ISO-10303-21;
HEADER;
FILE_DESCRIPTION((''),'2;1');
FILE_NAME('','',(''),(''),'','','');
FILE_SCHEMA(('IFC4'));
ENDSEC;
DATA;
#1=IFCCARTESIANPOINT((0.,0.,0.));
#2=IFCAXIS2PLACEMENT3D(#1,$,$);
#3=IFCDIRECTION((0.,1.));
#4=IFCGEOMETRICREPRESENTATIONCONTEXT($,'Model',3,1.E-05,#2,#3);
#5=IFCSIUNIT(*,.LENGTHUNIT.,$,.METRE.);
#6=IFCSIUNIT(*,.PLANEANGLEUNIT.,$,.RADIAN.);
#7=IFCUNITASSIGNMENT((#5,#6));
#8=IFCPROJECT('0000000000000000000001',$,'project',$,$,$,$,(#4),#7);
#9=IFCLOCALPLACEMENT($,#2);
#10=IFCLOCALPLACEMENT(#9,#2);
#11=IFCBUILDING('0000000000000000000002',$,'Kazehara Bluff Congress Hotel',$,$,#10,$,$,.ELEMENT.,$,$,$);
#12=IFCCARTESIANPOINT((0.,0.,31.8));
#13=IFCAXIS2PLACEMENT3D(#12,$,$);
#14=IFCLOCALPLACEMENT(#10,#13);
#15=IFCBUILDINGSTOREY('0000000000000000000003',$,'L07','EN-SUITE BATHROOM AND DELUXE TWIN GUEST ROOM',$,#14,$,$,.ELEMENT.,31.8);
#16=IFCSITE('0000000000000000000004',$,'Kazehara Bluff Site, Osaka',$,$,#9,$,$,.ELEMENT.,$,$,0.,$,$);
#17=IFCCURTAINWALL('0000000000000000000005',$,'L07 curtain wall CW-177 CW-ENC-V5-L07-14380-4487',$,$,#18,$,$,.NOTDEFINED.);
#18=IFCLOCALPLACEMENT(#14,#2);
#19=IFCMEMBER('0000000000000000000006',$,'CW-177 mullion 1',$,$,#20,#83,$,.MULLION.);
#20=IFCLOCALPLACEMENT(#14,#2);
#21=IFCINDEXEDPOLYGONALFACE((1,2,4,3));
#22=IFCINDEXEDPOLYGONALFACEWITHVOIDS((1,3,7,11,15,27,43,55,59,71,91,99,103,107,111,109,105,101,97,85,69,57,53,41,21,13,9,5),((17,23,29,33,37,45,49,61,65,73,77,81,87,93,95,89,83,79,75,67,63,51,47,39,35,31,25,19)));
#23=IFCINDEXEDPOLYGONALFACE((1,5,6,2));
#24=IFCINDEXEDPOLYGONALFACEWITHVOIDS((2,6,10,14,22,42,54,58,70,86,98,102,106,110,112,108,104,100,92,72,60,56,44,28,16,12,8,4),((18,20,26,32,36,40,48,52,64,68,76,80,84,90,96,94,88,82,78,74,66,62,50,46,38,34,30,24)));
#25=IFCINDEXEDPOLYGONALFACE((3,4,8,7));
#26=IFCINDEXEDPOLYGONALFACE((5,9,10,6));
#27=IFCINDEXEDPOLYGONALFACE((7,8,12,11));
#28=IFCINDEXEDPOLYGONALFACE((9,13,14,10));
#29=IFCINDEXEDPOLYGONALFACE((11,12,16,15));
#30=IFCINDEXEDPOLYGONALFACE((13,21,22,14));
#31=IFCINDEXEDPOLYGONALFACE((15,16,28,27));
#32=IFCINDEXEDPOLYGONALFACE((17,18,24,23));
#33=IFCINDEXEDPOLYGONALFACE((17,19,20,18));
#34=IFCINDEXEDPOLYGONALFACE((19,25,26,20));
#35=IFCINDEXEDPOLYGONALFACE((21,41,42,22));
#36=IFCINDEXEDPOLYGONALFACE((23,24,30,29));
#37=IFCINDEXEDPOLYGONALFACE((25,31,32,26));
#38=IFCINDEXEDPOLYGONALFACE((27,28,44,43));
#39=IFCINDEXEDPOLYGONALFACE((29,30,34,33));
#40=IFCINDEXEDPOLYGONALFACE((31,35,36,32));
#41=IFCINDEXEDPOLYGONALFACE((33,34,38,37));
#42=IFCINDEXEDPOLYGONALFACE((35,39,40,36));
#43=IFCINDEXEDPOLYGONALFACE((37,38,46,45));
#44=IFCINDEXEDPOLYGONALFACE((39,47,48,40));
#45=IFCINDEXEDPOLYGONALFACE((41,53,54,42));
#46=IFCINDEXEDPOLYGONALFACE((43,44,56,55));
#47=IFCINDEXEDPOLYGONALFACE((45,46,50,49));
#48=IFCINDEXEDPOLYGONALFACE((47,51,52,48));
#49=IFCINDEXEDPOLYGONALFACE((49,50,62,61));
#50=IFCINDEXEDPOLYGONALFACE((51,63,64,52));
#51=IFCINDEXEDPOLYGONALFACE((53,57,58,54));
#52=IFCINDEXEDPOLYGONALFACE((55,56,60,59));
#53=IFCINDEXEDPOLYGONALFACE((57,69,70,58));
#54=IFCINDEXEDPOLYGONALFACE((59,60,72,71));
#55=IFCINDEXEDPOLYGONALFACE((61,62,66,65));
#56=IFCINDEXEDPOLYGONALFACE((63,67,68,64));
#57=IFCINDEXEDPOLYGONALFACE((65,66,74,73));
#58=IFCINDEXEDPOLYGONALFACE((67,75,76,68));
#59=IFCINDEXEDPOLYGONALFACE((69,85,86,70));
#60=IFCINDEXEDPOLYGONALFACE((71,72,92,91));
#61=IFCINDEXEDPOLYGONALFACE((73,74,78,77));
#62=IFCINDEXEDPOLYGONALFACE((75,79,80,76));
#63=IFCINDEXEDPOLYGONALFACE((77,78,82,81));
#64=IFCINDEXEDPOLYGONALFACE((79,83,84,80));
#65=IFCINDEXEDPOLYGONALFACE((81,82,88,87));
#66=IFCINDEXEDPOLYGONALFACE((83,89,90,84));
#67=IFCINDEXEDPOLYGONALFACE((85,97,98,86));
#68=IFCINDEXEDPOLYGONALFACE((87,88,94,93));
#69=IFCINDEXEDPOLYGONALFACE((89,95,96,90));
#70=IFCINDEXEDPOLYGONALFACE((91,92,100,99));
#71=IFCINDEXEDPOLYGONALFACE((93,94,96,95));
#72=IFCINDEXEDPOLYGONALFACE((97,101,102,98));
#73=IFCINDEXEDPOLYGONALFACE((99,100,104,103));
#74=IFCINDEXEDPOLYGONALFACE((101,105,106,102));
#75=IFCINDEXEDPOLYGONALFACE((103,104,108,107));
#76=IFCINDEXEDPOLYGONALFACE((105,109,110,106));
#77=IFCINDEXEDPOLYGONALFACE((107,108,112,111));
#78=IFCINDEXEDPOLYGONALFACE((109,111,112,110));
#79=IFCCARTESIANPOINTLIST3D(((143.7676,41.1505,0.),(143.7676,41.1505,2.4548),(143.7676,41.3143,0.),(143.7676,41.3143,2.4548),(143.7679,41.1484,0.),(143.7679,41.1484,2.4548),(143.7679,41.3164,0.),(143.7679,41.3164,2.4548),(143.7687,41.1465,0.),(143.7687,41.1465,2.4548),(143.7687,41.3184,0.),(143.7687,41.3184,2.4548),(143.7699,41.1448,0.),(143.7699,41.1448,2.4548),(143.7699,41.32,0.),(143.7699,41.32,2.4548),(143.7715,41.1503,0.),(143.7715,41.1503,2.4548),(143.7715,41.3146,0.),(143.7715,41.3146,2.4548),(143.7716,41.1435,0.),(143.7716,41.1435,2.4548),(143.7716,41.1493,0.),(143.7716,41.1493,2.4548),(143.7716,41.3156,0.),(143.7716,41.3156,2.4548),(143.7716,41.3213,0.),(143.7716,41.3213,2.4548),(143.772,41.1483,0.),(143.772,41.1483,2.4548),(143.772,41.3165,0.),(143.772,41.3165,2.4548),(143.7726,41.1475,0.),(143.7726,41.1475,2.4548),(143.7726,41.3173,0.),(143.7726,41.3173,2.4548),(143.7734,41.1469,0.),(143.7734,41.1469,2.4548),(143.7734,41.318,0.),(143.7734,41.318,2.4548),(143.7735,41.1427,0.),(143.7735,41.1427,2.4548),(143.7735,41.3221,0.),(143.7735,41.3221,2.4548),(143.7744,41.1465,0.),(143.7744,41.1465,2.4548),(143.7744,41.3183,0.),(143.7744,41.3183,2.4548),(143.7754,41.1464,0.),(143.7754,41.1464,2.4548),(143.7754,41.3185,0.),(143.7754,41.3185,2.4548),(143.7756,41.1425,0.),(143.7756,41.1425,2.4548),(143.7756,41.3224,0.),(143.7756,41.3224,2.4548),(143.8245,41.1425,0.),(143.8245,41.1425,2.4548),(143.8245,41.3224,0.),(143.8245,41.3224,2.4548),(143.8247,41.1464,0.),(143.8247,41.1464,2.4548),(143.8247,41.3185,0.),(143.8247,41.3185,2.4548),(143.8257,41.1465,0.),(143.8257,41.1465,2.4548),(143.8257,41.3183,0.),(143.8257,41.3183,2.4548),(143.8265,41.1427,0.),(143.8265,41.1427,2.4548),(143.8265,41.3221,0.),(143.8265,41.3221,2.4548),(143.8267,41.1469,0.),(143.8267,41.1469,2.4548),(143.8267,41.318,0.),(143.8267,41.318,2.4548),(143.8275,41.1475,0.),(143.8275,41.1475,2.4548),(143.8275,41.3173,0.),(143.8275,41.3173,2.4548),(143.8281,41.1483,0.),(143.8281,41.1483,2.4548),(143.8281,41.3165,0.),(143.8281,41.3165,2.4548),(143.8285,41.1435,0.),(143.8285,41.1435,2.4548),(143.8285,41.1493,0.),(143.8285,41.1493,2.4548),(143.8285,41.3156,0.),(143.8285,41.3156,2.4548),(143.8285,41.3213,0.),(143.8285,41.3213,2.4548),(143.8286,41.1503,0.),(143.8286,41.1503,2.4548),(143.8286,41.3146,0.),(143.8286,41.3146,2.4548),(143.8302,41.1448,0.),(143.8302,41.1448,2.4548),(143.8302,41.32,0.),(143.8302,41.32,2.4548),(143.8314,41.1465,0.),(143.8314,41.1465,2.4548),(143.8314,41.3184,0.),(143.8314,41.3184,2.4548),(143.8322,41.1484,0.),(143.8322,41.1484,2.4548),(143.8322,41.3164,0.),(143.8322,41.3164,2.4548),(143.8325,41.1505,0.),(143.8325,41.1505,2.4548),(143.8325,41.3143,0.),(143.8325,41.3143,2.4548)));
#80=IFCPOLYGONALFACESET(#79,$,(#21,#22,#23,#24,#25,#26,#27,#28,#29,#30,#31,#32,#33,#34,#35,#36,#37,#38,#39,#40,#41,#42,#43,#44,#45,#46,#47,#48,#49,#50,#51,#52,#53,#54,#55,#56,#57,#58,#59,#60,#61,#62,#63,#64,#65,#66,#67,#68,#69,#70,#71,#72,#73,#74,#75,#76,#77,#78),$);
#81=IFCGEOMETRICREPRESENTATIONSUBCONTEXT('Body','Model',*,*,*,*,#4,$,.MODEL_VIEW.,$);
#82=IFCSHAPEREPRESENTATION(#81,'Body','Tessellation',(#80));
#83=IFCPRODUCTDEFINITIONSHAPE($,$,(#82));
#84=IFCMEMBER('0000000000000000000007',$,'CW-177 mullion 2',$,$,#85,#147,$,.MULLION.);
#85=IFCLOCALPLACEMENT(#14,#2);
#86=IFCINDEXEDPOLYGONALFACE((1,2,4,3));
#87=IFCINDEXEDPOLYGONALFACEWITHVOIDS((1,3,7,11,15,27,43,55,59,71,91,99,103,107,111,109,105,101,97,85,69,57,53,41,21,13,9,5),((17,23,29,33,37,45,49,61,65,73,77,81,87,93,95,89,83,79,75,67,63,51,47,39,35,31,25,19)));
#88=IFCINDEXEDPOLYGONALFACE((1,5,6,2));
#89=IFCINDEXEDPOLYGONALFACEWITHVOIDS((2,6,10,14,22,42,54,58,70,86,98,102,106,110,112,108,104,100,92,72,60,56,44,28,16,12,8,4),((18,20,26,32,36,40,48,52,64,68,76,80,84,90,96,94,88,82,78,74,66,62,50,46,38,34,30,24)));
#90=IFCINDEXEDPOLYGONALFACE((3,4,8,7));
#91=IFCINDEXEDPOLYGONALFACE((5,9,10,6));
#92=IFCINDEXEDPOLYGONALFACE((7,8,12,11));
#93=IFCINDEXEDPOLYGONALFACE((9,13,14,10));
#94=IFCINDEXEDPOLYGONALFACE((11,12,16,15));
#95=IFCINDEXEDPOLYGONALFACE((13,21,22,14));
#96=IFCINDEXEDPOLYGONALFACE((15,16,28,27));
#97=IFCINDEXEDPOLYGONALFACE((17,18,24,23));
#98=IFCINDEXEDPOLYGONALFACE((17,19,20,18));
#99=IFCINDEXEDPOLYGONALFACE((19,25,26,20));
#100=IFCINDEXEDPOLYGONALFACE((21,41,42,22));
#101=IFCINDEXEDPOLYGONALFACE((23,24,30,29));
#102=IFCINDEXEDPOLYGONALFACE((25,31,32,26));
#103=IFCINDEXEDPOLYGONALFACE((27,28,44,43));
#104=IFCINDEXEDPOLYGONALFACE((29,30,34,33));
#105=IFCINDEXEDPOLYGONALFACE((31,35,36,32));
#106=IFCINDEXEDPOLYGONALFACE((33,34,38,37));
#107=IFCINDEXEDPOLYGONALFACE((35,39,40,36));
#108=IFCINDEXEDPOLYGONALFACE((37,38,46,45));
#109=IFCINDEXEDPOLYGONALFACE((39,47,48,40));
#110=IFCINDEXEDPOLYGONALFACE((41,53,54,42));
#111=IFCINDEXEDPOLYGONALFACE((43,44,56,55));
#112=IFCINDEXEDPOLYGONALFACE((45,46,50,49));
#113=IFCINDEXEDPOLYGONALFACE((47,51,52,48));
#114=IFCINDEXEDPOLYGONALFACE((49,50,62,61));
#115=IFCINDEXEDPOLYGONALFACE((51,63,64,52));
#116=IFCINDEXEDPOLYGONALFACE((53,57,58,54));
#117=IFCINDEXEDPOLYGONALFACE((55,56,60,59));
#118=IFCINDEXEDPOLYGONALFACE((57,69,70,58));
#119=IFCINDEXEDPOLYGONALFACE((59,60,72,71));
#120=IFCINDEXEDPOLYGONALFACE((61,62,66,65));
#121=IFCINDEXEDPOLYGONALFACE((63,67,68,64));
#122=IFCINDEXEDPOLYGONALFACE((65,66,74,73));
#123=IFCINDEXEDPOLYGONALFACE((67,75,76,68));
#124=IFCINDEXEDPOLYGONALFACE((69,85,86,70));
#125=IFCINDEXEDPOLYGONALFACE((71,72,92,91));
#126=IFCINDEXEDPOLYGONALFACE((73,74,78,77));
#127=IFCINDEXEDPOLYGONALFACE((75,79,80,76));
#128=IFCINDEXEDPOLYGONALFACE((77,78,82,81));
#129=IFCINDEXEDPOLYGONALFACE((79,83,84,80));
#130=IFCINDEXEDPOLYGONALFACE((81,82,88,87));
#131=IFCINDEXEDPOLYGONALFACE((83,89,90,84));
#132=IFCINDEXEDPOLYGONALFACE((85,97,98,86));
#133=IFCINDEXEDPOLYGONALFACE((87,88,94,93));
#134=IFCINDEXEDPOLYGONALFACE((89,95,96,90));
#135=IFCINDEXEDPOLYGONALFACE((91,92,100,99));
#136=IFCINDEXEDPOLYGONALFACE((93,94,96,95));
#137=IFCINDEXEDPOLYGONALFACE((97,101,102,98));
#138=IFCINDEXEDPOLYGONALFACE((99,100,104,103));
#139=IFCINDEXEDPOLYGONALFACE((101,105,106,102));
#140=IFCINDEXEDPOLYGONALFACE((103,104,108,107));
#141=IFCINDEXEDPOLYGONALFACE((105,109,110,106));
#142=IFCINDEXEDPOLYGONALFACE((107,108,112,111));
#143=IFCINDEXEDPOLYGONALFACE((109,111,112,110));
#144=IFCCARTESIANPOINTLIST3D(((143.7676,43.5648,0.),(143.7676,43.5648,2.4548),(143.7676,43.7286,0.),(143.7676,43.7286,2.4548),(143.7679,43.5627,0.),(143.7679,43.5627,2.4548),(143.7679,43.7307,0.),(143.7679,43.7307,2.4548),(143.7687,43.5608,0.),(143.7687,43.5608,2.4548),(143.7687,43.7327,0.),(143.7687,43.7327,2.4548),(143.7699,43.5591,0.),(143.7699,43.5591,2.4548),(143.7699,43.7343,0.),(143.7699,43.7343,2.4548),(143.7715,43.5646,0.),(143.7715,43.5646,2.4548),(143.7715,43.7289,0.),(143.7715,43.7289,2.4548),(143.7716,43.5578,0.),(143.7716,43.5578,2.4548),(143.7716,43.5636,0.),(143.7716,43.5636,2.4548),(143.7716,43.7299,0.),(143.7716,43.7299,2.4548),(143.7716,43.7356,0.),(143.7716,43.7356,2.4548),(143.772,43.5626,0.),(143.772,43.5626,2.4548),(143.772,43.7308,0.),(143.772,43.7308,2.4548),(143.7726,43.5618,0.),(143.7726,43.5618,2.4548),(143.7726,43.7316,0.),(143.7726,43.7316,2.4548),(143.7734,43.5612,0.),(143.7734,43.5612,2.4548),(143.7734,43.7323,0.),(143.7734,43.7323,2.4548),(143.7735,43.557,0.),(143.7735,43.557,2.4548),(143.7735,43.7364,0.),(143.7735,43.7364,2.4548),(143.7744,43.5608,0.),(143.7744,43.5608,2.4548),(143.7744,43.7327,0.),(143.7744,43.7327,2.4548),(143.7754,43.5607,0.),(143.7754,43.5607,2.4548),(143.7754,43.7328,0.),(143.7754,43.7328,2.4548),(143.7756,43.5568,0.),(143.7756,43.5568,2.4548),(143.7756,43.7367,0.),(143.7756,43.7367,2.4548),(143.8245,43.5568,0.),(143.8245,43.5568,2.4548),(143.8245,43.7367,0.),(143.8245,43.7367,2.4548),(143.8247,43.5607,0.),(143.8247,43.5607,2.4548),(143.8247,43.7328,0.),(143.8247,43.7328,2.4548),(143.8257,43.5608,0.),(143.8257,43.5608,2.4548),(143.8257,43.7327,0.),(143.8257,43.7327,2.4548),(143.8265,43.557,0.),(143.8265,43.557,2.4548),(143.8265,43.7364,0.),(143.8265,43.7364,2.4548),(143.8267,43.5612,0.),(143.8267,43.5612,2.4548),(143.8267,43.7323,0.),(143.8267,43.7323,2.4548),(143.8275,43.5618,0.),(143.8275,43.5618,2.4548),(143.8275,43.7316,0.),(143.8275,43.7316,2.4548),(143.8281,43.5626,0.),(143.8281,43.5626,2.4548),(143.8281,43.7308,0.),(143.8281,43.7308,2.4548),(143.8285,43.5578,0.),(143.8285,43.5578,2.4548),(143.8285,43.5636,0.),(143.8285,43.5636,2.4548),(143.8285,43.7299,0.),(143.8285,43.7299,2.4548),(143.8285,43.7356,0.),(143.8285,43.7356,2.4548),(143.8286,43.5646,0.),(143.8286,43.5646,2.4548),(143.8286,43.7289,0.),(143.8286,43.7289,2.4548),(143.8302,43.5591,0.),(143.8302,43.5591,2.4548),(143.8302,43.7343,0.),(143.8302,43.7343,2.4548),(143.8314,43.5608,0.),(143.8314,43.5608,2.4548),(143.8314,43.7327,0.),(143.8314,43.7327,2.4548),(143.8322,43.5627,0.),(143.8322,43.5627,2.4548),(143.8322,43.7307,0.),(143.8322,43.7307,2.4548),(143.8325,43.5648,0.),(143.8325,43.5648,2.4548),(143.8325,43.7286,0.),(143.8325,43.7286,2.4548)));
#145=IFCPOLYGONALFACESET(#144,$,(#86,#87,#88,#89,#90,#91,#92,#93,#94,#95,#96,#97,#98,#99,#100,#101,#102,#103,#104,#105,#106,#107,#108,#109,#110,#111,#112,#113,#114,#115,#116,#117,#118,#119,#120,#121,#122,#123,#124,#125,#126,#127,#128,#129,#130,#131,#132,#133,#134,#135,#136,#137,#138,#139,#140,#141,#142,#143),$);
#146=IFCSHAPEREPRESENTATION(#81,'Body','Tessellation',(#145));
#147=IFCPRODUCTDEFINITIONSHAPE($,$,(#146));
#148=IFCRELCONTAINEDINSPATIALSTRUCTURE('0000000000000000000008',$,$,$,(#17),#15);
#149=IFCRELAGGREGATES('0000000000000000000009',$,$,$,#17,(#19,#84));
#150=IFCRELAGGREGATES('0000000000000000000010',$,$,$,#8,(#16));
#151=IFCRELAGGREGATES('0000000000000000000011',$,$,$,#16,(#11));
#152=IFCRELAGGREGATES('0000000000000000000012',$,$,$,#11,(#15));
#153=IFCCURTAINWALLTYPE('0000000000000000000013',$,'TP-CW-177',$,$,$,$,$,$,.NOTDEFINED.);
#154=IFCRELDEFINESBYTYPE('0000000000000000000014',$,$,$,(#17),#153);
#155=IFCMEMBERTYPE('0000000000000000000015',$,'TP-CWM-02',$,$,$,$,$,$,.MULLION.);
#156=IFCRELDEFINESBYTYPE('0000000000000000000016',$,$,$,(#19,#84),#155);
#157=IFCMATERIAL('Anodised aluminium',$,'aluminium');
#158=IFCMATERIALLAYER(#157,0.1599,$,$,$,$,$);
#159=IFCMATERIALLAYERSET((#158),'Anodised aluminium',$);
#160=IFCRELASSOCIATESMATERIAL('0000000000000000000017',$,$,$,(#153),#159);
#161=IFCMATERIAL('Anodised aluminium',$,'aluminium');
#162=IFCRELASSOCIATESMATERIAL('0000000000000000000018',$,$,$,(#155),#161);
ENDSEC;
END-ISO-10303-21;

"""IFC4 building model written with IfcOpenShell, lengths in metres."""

from ifc_helpers import new_model, si_unit, direction, frame, origin, origin_2d, place, context, subcontext, project, spatial, hollow_rectangle, extrude, material, layer, layer_set, material_profile, profile_set, type_object, element, aggregate, save


model = new_model("IFC4")

# Units and contexts
model_context = context("Model", 3, precision=1e-05, world=origin(), true_north=direction((0.0, 1.0)))
body_context = subcontext(model_context, "Body", "Model", "MODEL_VIEW")
ifc_project = project(units=[si_unit("LENGTHUNIT", "METRE"), si_unit("PLANEANGLEUNIT", "RADIAN")], contexts=[model_context])

# Site, building, storey
site_placement = place(None, origin())
site = spatial("IfcSite", under=ifc_project, at=site_placement, Name="Kazehara Bluff Site, Osaka", CompositionType="ELEMENT", RefElevation=0.0)
building_placement = place(site_placement, origin())
building = spatial("IfcBuilding", under=site, at=building_placement, Name="Kazehara Bluff Congress Hotel", CompositionType="ELEMENT")
storey_placement = place(building_placement, frame((0.0, 0.0, 31.8)))
storey = spatial("IfcBuildingStorey", under=building, at=storey_placement, Name="L07", Description="EN-SUITE BATHROOM AND DELUXE TWIN GUEST ROOM", CompositionType="ELEMENT", Elevation=31.8)

# Curtain wall, members
ifc_material_1 = material(Name="Anodised aluminium", Category="aluminium")
ifc_layer_1 = layer(ifc_material_1, 0.1599)
ifc_layer_set_1 = layer_set([ifc_layer_1], Name="Anodised aluminium")
curtain_wall_type_1 = type_object("IfcCurtainWallType", Name="TP-CW-177", PredefinedType="NOTDEFINED", material=ifc_layer_set_1)
curtain_wall_1_placement = place(storey_placement, origin())
curtain_wall_1 = element("IfcCurtainWall", 1, at=curtain_wall_1_placement, inside=storey, type_object=curtain_wall_type_1, Name="L07 curtain wall CW-177 CW-ENC-V5-L07-14380-4487", PredefinedType="NOTDEFINED")
ifc_material_2 = material(Name="Anodised aluminium", Category="aluminium")
ifc_material_profile_1 = material_profile(ifc_material_2, hollow_rectangle(XDim=0.0649, YDim=0.1799, WallThickness=0.0039, InnerFilletRadius=0.0039, OuterFilletRadius=0.0081, at=origin_2d()))
ifc_profile_set_1 = profile_set([ifc_material_profile_1], Name="Anodised aluminium")
member_type_1 = type_object("IfcMemberType", Name="TP-CWM-02", PredefinedType="MULLION", material=ifc_profile_set_1)
member_1_placement = place(storey_placement, frame((143.8, 41.2324, 0.0), z_axis=(0.0, 0.0, 1.0), x_axis=(-1.0, 0.0, 0.0)))
member_1 = element("IfcMember", 2, at=member_1_placement, type_object=member_type_1, Name="CW-177 mullion 1", PredefinedType="MULLION", context=body_context, shape_type="SweptSolid", body=[
    extrude(hollow_rectangle(XDim=0.0649, YDim=0.1799, WallThickness=0.0039, InnerFilletRadius=0.0039, OuterFilletRadius=0.0081, at=origin_2d()), origin(), (0.0, 0.0, 1.0), 2.4548),
])
member_2_placement = place(storey_placement, frame((143.8, 43.6467, 0.0), z_axis=(0.0, 0.0, 1.0), x_axis=(-1.0, 0.0, 0.0)))
member_2 = element("IfcMember", 3, at=member_2_placement, type_object=member_type_1, Name="CW-177 mullion 2", PredefinedType="MULLION", context=body_context, shape_type="SweptSolid", body=[
    extrude(hollow_rectangle(XDim=0.0649, YDim=0.1799, WallThickness=0.0039, InnerFilletRadius=0.0039, OuterFilletRadius=0.0081, at=origin_2d()), origin(), (0.0, 0.0, 1.0), 2.4548),
])

aggregate(curtain_wall_1, [member_1, member_2])

save(model, "model.ifc")
